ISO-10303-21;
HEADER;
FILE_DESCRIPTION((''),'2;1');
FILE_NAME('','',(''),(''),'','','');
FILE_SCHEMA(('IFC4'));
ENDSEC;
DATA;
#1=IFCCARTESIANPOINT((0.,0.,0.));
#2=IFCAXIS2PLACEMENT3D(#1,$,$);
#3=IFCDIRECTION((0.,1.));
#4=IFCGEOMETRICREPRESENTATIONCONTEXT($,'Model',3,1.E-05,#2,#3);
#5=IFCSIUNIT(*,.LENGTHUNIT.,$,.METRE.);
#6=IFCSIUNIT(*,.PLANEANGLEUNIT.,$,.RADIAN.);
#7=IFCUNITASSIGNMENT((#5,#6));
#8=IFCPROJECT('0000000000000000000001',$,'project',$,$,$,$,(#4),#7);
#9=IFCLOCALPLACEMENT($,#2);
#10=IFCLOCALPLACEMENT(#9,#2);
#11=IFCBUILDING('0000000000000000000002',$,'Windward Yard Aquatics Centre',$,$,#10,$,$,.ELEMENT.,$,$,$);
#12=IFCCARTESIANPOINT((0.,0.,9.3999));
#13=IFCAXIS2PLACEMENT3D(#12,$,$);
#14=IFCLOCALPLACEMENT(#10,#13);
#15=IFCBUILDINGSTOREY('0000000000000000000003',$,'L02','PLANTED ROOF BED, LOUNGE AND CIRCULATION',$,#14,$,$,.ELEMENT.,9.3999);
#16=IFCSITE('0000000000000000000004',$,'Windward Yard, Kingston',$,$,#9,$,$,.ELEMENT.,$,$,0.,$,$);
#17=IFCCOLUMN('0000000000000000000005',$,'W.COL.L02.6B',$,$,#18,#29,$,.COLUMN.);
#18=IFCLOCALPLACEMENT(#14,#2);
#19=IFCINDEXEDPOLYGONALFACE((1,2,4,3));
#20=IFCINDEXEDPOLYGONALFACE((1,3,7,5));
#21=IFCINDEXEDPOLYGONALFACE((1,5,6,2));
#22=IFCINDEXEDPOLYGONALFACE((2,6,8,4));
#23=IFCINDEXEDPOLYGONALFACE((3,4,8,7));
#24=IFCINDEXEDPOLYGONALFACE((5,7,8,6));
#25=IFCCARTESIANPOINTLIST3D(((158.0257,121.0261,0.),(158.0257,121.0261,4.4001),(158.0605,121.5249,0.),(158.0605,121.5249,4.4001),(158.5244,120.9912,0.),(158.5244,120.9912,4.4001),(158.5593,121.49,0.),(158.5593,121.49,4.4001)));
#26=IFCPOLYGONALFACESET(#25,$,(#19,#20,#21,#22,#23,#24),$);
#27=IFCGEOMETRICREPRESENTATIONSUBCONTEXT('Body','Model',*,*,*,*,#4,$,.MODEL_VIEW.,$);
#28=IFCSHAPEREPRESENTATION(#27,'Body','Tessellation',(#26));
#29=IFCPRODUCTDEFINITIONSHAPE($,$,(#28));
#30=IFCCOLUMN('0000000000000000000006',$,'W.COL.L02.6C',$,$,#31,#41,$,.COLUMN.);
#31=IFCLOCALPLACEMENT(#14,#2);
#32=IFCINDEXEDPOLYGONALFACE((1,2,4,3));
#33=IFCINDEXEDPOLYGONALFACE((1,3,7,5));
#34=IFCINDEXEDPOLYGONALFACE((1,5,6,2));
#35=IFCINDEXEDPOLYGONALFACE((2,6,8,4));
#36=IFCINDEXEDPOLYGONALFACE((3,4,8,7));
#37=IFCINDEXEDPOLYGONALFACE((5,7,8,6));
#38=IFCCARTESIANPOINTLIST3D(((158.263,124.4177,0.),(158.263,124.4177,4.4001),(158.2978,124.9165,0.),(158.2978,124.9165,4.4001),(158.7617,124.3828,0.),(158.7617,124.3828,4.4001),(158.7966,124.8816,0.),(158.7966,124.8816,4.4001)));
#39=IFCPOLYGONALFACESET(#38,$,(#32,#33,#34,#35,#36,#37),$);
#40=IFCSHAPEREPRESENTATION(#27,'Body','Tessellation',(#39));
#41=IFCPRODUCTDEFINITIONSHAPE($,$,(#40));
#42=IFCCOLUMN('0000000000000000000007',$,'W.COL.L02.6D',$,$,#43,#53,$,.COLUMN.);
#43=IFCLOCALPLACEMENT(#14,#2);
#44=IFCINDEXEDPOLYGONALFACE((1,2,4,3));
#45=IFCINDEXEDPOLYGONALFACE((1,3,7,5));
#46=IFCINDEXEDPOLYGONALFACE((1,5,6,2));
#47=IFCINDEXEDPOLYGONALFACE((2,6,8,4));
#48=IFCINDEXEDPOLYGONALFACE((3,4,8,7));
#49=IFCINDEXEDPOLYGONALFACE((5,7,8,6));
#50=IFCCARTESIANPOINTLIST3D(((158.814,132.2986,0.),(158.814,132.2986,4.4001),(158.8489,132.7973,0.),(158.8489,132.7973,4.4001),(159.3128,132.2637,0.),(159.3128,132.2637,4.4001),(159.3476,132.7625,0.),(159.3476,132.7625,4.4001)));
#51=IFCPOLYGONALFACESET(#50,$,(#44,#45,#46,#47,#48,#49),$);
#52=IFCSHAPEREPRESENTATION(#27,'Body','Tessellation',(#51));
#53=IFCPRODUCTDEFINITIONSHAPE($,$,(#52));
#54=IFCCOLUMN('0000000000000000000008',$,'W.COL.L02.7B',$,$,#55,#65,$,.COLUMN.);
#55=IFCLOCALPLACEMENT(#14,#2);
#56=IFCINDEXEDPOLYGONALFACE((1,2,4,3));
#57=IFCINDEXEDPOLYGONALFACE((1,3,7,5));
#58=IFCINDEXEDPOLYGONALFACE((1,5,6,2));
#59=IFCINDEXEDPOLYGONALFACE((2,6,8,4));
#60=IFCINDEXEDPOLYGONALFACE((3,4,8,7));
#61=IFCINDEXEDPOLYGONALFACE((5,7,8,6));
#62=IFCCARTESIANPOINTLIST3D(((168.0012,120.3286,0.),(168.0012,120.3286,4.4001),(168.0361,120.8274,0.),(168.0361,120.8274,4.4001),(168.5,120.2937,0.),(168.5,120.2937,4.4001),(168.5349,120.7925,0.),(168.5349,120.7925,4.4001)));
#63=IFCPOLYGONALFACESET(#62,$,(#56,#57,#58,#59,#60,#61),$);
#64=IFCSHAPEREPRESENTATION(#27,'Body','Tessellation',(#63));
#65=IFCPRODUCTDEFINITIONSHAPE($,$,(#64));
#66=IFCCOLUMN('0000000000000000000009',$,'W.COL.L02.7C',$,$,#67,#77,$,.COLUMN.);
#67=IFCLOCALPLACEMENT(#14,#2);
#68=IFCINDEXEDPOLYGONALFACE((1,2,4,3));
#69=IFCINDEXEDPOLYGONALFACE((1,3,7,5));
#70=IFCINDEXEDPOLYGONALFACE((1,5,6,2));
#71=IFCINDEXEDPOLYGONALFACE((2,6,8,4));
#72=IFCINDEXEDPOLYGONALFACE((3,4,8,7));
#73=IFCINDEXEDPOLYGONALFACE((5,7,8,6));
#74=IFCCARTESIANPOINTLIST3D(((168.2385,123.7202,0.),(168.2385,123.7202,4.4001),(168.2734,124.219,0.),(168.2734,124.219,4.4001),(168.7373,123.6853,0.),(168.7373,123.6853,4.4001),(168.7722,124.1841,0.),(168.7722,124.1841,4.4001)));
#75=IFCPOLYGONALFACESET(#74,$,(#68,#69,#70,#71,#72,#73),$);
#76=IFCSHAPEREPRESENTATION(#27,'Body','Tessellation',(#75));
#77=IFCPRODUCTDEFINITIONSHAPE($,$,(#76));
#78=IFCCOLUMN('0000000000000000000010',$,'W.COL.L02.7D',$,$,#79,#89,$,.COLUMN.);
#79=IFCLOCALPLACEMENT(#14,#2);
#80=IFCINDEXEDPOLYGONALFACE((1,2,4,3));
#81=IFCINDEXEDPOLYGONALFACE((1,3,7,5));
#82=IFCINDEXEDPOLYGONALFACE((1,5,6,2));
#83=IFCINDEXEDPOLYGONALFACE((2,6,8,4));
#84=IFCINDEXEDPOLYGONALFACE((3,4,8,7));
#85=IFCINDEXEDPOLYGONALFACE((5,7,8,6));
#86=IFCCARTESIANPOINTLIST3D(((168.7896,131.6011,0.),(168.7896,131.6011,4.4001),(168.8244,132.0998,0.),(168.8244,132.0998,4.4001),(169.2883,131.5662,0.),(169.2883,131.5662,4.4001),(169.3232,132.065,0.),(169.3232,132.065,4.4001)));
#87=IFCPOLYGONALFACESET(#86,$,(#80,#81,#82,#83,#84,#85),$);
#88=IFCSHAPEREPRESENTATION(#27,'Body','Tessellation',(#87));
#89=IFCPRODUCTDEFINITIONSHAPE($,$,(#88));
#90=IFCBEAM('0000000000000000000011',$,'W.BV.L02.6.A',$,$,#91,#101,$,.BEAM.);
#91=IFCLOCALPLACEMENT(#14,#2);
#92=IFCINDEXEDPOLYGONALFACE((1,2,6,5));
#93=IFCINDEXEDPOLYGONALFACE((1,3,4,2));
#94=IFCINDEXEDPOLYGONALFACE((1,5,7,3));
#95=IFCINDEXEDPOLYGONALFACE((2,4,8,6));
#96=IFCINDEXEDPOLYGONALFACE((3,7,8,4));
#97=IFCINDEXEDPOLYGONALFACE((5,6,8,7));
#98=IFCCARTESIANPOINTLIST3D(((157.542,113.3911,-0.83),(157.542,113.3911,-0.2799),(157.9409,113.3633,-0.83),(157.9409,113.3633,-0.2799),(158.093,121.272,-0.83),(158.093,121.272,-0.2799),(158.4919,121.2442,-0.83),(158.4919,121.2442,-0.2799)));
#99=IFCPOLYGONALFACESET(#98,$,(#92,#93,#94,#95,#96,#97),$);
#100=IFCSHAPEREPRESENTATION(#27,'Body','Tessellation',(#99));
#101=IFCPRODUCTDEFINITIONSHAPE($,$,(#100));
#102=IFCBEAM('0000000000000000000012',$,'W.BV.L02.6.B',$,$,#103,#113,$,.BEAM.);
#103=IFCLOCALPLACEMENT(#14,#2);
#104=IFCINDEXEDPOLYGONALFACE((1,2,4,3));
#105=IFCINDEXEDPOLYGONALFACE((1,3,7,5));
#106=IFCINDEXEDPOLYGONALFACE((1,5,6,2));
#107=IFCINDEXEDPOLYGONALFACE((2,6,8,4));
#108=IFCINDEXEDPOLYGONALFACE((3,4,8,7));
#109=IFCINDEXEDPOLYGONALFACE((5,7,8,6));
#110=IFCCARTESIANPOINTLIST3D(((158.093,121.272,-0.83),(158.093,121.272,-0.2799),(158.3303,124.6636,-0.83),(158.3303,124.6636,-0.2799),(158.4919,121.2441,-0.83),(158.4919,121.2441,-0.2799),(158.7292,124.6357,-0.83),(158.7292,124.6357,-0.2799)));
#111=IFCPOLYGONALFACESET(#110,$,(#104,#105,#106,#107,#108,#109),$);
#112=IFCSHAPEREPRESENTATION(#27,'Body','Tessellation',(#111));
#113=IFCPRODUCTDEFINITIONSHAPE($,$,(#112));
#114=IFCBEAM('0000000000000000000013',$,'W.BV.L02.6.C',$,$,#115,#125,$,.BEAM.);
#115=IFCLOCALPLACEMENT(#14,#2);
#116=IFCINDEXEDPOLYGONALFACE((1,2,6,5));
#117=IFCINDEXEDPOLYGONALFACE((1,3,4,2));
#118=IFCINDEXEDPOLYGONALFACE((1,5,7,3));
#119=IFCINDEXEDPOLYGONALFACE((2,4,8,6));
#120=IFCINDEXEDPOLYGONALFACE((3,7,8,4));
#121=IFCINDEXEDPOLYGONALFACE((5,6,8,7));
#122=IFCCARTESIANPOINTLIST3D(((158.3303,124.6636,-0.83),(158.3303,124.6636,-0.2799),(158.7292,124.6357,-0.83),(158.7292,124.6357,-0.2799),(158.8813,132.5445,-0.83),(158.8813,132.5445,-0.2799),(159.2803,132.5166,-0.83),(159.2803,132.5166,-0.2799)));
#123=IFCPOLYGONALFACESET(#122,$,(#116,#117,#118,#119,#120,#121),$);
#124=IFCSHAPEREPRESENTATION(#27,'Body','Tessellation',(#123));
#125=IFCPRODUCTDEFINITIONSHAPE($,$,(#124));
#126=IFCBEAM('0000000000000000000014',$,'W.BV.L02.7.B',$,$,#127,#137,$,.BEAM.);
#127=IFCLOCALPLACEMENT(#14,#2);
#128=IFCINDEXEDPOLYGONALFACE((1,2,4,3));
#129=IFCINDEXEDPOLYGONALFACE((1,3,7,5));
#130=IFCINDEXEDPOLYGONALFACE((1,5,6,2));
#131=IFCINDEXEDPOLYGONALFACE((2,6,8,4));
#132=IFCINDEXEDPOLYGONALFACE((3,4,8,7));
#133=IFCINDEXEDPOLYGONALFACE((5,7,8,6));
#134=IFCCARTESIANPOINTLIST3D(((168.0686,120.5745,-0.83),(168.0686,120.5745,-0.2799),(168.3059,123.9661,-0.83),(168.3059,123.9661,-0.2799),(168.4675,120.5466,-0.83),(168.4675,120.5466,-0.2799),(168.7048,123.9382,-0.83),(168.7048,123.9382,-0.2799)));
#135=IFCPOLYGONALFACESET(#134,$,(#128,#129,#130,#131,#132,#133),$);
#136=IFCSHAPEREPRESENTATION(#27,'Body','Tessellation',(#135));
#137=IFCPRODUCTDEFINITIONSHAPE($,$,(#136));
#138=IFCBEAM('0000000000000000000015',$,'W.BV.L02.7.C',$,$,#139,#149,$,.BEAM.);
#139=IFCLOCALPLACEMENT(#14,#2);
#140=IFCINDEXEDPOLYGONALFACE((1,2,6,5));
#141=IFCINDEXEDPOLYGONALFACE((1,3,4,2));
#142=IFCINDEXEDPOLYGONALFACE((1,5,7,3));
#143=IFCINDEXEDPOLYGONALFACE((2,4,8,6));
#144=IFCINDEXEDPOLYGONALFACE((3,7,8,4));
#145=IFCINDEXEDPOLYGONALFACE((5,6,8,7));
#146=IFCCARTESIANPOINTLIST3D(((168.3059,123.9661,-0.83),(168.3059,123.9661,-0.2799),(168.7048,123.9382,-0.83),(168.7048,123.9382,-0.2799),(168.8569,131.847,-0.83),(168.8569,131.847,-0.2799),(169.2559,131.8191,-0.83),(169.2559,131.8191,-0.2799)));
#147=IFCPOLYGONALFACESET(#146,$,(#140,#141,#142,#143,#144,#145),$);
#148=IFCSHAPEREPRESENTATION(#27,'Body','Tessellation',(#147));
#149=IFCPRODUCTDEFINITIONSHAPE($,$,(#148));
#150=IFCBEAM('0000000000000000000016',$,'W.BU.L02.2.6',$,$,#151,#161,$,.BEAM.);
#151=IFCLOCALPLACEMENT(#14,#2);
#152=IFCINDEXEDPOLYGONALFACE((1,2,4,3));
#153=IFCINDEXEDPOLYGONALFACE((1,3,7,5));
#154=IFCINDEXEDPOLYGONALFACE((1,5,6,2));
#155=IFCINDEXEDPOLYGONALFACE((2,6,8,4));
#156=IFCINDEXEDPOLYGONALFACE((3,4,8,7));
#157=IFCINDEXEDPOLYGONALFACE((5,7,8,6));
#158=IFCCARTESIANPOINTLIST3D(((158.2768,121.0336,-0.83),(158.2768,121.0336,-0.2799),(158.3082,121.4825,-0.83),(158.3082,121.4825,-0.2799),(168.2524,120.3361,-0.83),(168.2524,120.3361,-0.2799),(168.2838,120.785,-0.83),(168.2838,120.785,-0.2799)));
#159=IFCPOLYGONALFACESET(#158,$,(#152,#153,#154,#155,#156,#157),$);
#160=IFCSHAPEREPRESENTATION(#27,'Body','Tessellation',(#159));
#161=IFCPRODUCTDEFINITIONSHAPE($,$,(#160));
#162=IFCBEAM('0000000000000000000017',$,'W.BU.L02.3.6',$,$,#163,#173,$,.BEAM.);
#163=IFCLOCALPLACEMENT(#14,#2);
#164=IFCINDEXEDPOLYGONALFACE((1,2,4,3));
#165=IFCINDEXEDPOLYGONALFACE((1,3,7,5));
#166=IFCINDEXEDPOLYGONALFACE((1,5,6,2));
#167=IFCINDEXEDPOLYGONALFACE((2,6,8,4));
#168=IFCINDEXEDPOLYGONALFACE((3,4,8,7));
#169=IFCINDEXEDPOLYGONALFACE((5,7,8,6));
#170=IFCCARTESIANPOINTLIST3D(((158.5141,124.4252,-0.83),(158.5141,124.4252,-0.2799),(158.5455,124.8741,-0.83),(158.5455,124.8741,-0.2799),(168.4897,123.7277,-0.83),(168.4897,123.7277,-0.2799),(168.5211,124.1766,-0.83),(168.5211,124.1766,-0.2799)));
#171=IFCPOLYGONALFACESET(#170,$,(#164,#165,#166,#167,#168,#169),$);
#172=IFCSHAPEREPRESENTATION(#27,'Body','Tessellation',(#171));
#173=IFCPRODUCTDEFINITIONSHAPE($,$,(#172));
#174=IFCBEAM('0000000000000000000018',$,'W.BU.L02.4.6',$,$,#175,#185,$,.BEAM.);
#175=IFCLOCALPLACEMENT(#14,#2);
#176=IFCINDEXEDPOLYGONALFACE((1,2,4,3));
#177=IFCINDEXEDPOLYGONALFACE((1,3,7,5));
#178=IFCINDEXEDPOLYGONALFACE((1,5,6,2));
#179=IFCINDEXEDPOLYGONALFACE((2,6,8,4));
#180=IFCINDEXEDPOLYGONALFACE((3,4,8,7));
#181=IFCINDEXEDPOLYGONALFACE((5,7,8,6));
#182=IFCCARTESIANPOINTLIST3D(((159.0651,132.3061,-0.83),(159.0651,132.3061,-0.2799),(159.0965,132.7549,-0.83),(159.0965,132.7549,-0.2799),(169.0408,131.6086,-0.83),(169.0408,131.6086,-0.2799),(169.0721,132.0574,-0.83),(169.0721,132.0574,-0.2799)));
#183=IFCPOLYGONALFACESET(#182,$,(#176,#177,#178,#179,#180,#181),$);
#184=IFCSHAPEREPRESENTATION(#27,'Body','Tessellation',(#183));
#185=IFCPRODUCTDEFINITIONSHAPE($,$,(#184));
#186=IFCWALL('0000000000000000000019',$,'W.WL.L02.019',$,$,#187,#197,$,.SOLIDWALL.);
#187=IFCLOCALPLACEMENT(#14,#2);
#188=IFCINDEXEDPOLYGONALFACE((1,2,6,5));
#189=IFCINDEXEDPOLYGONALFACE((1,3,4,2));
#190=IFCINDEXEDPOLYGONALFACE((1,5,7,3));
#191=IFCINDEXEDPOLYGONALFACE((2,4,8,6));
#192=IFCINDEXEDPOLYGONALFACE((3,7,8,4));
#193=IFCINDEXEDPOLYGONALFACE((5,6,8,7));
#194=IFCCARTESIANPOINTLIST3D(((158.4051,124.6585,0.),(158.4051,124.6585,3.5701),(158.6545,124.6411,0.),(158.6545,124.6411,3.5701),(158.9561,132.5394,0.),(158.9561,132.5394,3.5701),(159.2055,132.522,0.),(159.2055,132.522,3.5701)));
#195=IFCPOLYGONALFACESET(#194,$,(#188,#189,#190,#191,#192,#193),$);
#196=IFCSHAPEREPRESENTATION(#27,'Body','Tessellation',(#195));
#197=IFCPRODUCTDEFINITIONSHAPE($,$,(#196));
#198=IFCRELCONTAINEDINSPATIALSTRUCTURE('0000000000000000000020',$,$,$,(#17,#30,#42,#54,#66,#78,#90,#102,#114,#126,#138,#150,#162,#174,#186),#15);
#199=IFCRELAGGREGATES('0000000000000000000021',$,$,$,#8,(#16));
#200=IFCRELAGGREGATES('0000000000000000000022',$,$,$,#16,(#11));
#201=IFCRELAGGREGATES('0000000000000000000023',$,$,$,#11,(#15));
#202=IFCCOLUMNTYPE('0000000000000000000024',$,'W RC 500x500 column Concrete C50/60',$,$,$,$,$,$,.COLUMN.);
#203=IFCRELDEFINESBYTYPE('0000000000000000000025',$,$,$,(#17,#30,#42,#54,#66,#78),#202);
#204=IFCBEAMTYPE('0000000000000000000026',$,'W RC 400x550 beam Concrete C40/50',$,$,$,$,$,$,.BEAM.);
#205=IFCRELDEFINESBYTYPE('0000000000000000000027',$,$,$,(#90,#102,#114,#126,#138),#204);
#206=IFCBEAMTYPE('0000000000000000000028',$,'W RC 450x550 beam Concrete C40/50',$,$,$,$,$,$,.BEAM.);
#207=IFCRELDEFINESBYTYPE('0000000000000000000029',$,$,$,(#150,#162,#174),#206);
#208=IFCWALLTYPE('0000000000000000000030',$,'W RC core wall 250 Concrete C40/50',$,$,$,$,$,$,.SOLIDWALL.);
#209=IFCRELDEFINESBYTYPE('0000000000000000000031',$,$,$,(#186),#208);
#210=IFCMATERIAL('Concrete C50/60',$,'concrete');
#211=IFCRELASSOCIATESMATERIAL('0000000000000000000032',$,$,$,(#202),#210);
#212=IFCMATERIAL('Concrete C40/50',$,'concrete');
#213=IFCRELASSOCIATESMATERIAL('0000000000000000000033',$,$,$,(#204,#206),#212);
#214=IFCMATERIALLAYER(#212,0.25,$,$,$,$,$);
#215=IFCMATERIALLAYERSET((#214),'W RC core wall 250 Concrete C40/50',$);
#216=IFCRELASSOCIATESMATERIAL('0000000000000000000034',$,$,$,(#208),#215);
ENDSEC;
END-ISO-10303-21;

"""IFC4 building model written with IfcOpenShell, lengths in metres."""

from ifc_helpers import new_model, si_unit, direction, frame, frame_2d, origin, origin_2d, place, context, subcontext, project, spatial, rectangle, extrude, material, layer, layer_set, material_profile, profile_set, type_object, element, save


model = new_model("IFC4")

# Units and contexts
model_context = context("Model", 3, precision=1e-05, world=origin(), true_north=direction((0.0, 1.0)))
body_context = subcontext(model_context, "Body", "Model", "MODEL_VIEW")
ifc_project = project(units=[si_unit("LENGTHUNIT", "METRE"), si_unit("PLANEANGLEUNIT", "RADIAN")], contexts=[model_context])

# Site, building, storey
site_placement = place(None, origin())
site = spatial("IfcSite", under=ifc_project, at=site_placement, Name="Windward Yard, Kingston", CompositionType="ELEMENT", RefElevation=0.0)
building_placement = place(site_placement, origin())
building = spatial("IfcBuilding", under=site, at=building_placement, Name="Windward Yard Aquatics Centre", CompositionType="ELEMENT")
storey_placement = place(building_placement, frame((0.0, 0.0, 9.3999)))
storey = spatial("IfcBuildingStorey", under=building, at=storey_placement, Name="L02", Description="PLANTED ROOF BED, LOUNGE AND CIRCULATION", CompositionType="ELEMENT", Elevation=9.3999)

# Columns
ifc_material_1 = material(Name="Concrete C50/60", Category="concrete")
ifc_material_profile_1 = material_profile(ifc_material_1, rectangle(XDim=0.5, YDim=0.5, at=origin_2d()), Name="RC 500x500")
ifc_profile_set_1 = profile_set([ifc_material_profile_1], Name="Concrete C50/60")
column_type = type_object("IfcColumnType", Name="W RC 500x500 column Concrete C50/60", PredefinedType="COLUMN", material=ifc_profile_set_1)
for number, where, z_axis, x_axis, name in (
    (1, (158.2925, 121.2581, 0.0), (0.0, 0.0, 1.0), (0.997564, -0.069756, 0.0), "W.COL.L02.6B"),
    (2, (158.5298, 124.6497, 0.0), (0.0, 0.0, 1.0), (0.997564, -0.069756, 0.0), "W.COL.L02.6C"),
    (3, (159.0808, 132.5305, 0.0), (0.0, 0.0, 1.0), (0.997564, -0.069756, 0.0), "W.COL.L02.6D"),
    (4, (168.2681, 120.5605, 0.0), (0.0, 0.0, 1.0), (0.997564, -0.069756, 0.0), "W.COL.L02.7B"),
    (5, (168.5054, 123.9521, 0.0), (0.0, 0.0, 1.0), (0.997564, -0.069756, 0.0), "W.COL.L02.7C"),
    (6, (169.0564, 131.833, 0.0), (0.0, 0.0, 1.0), (0.997564, -0.069756, 0.0), "W.COL.L02.7D"),
):
    element("IfcColumn", number, at=place(storey_placement, frame(where, z_axis=z_axis, x_axis=x_axis)), inside=storey, type_object=column_type, Name=name, PredefinedType="COLUMN", context=body_context, shape_type="SweptSolid", body=[
        extrude(rectangle(XDim=0.5, YDim=0.5, at=origin_2d()), origin(), (0.0, 0.0, 1.0), 4.4001),
    ])

# Beams
ifc_material_2 = material(Name="Concrete C40/50", Category="concrete")
ifc_material_profile_2 = material_profile(ifc_material_2, rectangle(XDim=0.3999, YDim=0.55, at=origin_2d()), Name="RC 400x550")
ifc_profile_set_2 = profile_set([ifc_material_profile_2], Name="Concrete C40/50")
beam_type_1 = type_object("IfcBeamType", Name="W RC 400x550 beam Concrete C40/50", PredefinedType="BEAM", material=ifc_profile_set_2)
beam_1_placement = place(storey_placement, frame((157.7415, 113.3772, -0.5549), z_axis=(0.069749, 0.997565, 0.0), x_axis=(-0.997565, 0.069749, 0.0)))
element("IfcBeam", 7, at=beam_1_placement, inside=storey, type_object=beam_type_1, Name="W.BV.L02.6.A", PredefinedType="BEAM", context=body_context, shape_type="SweptSolid", body=[
    extrude(rectangle(XDim=0.3999, YDim=0.55, at=origin_2d()), origin(), (0.0, 0.0, 1.0), 7.9001),
])
beam_2_placement = place(storey_placement, frame((158.2925, 121.2581, -0.5549), z_axis=(0.069798, 0.997561, 0.0), x_axis=(-0.997561, 0.069798, 0.0)))
element("IfcBeam", 8, at=beam_2_placement, inside=storey, type_object=beam_type_1, Name="W.BV.L02.6.B", PredefinedType="BEAM", context=body_context, shape_type="SweptSolid", body=[
    extrude(rectangle(XDim=0.3999, YDim=0.55, at=origin_2d()), origin(), (0.0, 0.0, 1.0), 3.3999),
])
beam_3_placement = place(storey_placement, frame((158.5298, 124.6497, -0.5549), z_axis=(0.069749, 0.997565, 0.0), x_axis=(-0.997565, 0.069749, 0.0)))
element("IfcBeam", 9, at=beam_3_placement, inside=storey, type_object=beam_type_1, Name="W.BV.L02.6.C", PredefinedType="BEAM", context=body_context, shape_type="SweptSolid", body=[
    extrude(rectangle(XDim=0.3999, YDim=0.55, at=origin_2d()), origin(), (0.0, 0.0, 1.0), 7.9001),
])
beam_4_placement = place(storey_placement, frame((168.2681, 120.5605, -0.5549), z_axis=(0.069798, 0.997561, 0.0), x_axis=(-0.997561, 0.069798, 0.0)))
element("IfcBeam", 10, at=beam_4_placement, inside=storey, type_object=beam_type_1, Name="W.BV.L02.7.B", PredefinedType="BEAM", context=body_context, shape_type="SweptSolid", body=[
    extrude(rectangle(XDim=0.3999, YDim=0.55, at=origin_2d()), origin(), (0.0, 0.0, 1.0), 3.3999),
])
beam_5_placement = place(storey_placement, frame((168.5054, 123.9521, -0.5549), z_axis=(0.069749, 0.997565, 0.0), x_axis=(-0.997565, 0.069749, 0.0)))
element("IfcBeam", 11, at=beam_5_placement, inside=storey, type_object=beam_type_1, Name="W.BV.L02.7.C", PredefinedType="BEAM", context=body_context, shape_type="SweptSolid", body=[
    extrude(rectangle(XDim=0.3999, YDim=0.55, at=origin_2d()), origin(), (0.0, 0.0, 1.0), 7.9001),
])
ifc_material_profile_3 = material_profile(ifc_material_2, rectangle(XDim=0.45, YDim=0.55, at=origin_2d()), Name="RC 450x550")
ifc_profile_set_3 = profile_set([ifc_material_profile_3], Name="Concrete C40/50")
beam_type_2 = type_object("IfcBeamType", Name="W RC 450x550 beam Concrete C40/50", PredefinedType="BEAM", material=ifc_profile_set_3)
for number, where, z_axis, x_axis, name in (
    (12, (158.2925, 121.2581, -0.5549), (0.997564, -0.069751, 0.0), (0.069751, 0.997564, 0.0), "W.BU.L02.2.6"),
    (13, (158.5298, 124.6497, -0.5549), (0.997564, -0.069751, 0.0), (0.069751, 0.997564, 0.0), "W.BU.L02.3.6"),
    (14, (159.0808, 132.5305, -0.5549), (0.997564, -0.069751, 0.0), (0.069751, 0.997564, 0.0), "W.BU.L02.4.6"),
):
    element("IfcBeam", number, at=place(storey_placement, frame(where, z_axis=z_axis, x_axis=x_axis)), inside=storey, type_object=beam_type_2, Name=name, PredefinedType="BEAM", context=body_context, shape_type="SweptSolid", body=[
        extrude(rectangle(XDim=0.45, YDim=0.55, at=origin_2d()), origin(), (0.0, 0.0, 1.0), 10.0),
    ])

# Wall
ifc_layer_1 = layer(ifc_material_2, 0.25)
ifc_layer_set_1 = layer_set([ifc_layer_1], Name="W RC core wall 250 Concrete C40/50")
wall_type_1 = type_object("IfcWallType", Name="W RC core wall 250 Concrete C40/50", PredefinedType="SOLIDWALL", material=ifc_layer_set_1)
wall_1_placement = place(storey_placement, frame((158.5298, 124.6497, 0.0), z_axis=(0.0, 0.0, 1.0), x_axis=(0.069749, 0.997565, 0.0)))
element("IfcWall", 15, at=wall_1_placement, inside=storey, type_object=wall_type_1, Name="W.WL.L02.019", PredefinedType="SOLIDWALL", context=body_context, shape_type="SweptSolid", body=[
    extrude(rectangle(XDim=7.9001, YDim=0.25, at=frame_2d((3.9502, 0.0))), origin(), (0.0, 0.0, 1.0), 3.5701),
])

save(model, "model.ifc")
